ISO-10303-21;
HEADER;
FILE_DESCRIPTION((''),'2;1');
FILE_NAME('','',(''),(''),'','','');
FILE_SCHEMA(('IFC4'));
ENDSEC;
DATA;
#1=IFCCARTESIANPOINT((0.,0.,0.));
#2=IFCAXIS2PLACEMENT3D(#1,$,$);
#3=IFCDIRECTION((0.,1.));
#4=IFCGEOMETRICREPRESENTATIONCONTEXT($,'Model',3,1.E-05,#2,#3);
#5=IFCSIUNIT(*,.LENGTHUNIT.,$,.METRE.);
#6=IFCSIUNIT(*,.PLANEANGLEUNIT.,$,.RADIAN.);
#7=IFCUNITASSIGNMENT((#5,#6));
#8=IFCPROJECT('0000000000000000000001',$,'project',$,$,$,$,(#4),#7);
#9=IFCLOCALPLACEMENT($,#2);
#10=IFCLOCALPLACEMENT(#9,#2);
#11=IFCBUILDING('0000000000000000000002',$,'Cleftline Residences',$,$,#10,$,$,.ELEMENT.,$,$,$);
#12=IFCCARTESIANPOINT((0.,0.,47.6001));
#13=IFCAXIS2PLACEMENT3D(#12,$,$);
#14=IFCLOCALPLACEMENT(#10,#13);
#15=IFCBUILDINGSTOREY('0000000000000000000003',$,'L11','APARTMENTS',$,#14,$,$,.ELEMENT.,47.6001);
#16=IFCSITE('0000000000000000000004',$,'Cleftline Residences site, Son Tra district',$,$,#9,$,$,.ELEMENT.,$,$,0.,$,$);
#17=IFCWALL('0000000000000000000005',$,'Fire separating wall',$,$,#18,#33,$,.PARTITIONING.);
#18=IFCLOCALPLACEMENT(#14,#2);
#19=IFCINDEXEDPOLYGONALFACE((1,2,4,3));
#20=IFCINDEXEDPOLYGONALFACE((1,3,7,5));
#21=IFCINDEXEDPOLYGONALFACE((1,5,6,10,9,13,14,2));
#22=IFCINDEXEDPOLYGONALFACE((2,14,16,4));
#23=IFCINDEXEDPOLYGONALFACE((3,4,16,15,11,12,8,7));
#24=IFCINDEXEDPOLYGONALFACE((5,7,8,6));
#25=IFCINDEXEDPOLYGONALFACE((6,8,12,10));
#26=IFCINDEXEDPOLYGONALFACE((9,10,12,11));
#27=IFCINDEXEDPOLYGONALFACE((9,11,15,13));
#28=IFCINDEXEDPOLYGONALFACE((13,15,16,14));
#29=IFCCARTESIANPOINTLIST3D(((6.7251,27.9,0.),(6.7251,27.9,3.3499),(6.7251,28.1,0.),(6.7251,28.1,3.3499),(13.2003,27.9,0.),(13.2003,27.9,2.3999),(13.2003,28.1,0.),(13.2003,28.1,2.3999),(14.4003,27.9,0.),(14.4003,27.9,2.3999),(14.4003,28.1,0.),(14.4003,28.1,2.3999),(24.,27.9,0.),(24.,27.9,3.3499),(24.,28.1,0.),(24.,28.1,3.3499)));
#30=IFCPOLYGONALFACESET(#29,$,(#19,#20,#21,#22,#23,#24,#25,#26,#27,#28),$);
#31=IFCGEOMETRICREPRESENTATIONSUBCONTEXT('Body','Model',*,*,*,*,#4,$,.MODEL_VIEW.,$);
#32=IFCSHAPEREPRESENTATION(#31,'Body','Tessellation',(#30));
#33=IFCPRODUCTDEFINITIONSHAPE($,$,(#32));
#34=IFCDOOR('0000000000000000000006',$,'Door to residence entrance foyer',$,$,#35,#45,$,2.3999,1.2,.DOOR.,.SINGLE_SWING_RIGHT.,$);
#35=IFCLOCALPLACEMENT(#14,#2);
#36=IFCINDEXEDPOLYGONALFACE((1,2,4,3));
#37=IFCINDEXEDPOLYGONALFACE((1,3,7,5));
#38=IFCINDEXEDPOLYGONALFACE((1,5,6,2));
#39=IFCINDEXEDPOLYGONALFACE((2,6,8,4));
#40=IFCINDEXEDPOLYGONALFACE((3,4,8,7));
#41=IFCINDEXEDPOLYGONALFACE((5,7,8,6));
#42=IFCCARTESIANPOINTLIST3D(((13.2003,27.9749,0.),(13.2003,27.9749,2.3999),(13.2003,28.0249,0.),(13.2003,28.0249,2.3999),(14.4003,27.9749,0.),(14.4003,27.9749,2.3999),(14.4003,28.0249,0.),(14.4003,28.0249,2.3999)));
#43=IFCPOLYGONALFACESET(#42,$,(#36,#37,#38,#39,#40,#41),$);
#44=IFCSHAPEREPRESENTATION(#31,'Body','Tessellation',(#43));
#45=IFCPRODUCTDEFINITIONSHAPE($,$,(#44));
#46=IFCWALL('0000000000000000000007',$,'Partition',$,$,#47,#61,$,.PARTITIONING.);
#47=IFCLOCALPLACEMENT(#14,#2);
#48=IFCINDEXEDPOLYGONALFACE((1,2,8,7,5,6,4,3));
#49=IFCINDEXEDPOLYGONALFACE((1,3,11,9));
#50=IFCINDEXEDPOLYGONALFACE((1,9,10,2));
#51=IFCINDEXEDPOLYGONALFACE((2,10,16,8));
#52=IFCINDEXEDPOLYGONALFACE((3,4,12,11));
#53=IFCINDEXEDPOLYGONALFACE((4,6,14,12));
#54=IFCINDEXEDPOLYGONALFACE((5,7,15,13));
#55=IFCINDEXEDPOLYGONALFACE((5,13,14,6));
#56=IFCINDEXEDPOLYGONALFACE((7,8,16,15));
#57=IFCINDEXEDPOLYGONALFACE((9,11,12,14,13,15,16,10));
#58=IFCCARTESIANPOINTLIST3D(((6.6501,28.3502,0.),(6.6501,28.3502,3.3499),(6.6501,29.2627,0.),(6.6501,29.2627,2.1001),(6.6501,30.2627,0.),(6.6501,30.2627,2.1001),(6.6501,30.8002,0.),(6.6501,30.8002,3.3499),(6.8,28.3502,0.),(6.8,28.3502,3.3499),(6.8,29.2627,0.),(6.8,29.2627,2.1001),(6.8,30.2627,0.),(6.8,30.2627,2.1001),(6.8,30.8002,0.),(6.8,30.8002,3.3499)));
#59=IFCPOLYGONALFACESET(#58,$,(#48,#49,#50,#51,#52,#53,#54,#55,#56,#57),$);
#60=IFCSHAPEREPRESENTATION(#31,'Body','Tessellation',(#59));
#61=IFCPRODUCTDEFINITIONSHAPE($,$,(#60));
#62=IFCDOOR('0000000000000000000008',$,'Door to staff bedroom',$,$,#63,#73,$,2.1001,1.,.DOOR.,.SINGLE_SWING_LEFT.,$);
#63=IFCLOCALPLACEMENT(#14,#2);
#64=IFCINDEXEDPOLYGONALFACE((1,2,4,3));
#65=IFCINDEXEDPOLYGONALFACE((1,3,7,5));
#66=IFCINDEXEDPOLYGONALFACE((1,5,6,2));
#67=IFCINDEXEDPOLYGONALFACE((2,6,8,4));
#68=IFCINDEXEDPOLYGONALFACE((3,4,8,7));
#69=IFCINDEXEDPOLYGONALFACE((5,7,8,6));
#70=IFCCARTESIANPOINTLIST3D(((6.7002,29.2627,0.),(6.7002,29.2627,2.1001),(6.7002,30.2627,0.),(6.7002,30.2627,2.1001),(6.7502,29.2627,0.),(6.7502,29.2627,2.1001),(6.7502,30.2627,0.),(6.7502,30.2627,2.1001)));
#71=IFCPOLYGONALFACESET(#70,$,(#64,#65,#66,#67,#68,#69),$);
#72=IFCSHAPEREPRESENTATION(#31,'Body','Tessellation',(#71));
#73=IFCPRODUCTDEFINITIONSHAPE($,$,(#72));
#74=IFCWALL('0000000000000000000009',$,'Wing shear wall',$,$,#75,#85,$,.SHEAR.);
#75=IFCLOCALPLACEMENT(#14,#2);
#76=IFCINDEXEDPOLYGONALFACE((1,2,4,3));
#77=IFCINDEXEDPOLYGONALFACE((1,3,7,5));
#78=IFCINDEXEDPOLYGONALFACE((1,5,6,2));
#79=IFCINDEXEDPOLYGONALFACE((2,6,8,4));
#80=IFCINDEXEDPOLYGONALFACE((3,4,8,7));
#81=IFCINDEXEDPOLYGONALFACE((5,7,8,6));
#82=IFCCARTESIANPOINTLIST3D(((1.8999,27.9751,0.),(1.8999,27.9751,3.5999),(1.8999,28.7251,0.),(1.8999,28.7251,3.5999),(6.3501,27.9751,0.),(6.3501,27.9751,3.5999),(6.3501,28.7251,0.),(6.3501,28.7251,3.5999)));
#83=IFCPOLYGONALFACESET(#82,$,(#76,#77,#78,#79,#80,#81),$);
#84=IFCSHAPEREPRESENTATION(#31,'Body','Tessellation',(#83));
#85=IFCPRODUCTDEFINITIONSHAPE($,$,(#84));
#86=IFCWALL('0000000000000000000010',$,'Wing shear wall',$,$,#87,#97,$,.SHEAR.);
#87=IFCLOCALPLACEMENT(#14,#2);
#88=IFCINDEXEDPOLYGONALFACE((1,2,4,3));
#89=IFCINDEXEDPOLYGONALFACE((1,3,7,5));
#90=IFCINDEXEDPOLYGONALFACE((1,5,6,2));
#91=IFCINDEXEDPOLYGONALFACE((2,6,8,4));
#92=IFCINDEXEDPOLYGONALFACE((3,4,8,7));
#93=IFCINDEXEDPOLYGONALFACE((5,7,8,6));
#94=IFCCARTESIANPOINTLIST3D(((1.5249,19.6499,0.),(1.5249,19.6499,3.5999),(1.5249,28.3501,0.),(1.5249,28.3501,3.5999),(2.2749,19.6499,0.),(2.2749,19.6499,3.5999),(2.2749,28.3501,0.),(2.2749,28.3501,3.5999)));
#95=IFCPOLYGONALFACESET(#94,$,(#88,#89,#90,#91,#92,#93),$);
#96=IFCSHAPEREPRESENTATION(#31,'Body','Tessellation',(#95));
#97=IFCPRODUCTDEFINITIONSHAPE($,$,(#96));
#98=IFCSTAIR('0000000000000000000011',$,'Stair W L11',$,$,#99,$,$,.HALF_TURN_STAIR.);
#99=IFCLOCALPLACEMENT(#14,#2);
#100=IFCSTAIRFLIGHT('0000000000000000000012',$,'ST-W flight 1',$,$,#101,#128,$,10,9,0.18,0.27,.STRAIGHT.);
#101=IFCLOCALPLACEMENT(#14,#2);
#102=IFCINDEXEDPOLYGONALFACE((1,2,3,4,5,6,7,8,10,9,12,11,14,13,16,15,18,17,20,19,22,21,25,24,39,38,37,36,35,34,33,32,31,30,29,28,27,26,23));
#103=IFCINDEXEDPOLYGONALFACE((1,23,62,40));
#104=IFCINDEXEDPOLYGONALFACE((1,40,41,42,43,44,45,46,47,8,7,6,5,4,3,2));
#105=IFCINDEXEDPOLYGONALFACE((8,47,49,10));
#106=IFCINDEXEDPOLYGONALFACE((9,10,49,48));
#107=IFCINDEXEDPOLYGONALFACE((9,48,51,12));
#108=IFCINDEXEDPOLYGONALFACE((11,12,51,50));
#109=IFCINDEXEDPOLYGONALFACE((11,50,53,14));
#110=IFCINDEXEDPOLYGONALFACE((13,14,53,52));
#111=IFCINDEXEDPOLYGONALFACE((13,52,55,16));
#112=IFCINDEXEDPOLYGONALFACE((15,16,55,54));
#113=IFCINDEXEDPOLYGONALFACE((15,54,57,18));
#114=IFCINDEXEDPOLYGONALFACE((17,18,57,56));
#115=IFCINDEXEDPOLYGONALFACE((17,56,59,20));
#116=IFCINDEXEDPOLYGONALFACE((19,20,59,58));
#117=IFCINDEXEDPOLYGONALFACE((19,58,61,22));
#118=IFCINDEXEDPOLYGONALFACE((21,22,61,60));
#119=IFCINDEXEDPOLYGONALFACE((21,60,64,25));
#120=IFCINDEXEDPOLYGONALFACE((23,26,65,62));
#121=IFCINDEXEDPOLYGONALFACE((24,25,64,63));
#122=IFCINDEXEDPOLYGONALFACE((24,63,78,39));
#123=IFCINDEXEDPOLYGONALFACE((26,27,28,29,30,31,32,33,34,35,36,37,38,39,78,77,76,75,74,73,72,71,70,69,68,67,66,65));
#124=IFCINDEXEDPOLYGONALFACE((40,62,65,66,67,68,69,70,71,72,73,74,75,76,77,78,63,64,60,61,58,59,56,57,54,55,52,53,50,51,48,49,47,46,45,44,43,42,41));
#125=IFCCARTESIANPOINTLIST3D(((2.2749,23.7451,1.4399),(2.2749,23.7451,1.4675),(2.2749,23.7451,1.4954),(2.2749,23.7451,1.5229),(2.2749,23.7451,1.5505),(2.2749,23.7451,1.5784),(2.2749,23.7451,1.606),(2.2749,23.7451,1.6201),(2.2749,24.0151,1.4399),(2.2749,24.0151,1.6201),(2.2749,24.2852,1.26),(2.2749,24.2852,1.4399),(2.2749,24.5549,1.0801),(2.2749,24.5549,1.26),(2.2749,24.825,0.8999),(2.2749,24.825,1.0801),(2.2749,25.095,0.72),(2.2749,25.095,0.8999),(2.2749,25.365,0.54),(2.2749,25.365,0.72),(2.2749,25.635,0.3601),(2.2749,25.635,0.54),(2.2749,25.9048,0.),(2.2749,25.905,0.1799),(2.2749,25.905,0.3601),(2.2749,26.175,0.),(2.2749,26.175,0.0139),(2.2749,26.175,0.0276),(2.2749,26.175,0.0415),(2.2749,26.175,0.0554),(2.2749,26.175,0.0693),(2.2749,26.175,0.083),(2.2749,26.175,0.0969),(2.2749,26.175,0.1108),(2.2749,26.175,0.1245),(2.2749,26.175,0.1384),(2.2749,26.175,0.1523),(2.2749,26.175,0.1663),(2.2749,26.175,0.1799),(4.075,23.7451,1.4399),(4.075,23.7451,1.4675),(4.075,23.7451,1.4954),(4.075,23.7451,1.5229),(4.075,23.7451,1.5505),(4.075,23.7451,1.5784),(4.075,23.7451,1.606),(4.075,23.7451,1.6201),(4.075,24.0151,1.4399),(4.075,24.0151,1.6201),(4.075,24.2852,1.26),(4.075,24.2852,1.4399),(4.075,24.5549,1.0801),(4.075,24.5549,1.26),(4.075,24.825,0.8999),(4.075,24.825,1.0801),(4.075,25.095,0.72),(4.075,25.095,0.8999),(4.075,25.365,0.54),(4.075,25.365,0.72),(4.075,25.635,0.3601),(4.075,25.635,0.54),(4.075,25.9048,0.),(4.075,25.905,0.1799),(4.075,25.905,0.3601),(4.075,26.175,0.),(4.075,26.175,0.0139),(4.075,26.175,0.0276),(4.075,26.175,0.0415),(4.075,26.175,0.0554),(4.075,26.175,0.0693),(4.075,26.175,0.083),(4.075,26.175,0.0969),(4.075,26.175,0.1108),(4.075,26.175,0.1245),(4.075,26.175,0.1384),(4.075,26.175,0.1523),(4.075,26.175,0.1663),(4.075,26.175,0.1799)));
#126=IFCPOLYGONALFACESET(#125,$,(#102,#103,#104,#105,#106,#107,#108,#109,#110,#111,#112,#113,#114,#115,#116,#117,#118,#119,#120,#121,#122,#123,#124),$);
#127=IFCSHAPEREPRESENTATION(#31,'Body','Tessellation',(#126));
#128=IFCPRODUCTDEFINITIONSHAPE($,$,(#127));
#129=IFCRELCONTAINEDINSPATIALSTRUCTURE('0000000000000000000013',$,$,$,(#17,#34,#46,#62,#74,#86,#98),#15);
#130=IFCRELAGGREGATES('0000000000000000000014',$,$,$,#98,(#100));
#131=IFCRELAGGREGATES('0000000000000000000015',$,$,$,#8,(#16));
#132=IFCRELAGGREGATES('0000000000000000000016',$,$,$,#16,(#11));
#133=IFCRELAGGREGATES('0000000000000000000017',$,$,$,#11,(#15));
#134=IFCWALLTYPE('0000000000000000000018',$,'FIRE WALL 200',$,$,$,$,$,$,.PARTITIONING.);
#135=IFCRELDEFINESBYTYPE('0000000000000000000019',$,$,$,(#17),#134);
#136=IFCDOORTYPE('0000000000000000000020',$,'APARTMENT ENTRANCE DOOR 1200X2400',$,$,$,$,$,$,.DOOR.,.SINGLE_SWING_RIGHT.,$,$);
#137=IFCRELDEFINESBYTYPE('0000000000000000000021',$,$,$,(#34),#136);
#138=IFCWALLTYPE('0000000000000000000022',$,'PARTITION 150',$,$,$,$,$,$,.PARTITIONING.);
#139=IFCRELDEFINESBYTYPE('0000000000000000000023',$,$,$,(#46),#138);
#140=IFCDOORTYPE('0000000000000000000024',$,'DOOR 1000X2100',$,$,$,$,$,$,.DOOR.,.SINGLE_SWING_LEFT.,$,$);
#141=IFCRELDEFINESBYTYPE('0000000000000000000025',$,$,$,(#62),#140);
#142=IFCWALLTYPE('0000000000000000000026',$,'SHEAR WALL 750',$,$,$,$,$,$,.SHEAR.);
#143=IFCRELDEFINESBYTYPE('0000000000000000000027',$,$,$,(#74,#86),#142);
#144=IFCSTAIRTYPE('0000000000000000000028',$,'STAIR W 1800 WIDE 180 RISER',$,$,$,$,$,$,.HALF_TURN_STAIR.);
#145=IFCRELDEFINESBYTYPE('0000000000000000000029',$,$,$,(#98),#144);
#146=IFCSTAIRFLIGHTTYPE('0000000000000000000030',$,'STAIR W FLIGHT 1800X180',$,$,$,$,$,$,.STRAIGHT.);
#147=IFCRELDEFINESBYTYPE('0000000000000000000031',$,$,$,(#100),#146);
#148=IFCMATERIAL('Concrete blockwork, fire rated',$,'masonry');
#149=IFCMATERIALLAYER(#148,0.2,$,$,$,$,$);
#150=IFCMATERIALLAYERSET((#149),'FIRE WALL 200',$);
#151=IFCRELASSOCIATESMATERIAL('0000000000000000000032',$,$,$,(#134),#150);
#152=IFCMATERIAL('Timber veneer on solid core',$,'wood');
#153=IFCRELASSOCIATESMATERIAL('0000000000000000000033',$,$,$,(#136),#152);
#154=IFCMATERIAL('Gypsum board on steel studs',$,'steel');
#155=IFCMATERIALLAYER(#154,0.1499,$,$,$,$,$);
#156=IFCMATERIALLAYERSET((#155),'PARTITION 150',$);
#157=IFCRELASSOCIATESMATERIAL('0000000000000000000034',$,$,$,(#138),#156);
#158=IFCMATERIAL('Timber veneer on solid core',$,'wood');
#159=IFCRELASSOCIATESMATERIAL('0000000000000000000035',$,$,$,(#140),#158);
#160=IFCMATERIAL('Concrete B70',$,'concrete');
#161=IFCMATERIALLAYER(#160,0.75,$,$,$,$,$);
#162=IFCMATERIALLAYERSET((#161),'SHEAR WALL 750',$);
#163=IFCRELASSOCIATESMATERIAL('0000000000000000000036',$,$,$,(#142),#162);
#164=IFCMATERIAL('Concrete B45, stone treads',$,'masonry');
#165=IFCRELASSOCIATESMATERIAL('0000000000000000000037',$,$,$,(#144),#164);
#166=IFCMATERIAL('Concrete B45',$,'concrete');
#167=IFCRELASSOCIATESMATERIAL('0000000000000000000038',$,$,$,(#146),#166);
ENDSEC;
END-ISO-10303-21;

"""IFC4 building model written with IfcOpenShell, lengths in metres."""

from ifc_helpers import new_model, si_unit, direction, frame, frame_2d, origin, place, context, subcontext, project, spatial, polyline, rectangle, outline, extrude, material, layer, layer_set, type_object, element, fill, aggregate, save


model = new_model("IFC4")

# Units and contexts
model_context = context("Model", 3, precision=1e-05, world=origin(), true_north=direction((0.0, 1.0)))
body_context = subcontext(model_context, "Body", "Model", "MODEL_VIEW")
ifc_project = project(units=[si_unit("LENGTHUNIT", "METRE"), si_unit("PLANEANGLEUNIT", "RADIAN")], contexts=[model_context])

# Site, building, storey
site_placement = place(None, origin())
site = spatial("IfcSite", under=ifc_project, at=site_placement, Name="Cleftline Residences site, Son Tra district", CompositionType="ELEMENT", RefElevation=0.0)
building_placement = place(site_placement, origin())
building = spatial("IfcBuilding", under=site, at=building_placement, Name="Cleftline Residences", CompositionType="ELEMENT")
storey_placement = place(building_placement, frame((0.0, 0.0, 47.6001)))
storey = spatial("IfcBuildingStorey", under=building, at=storey_placement, Name="L11", Description="APARTMENTS", CompositionType="ELEMENT", Elevation=47.6001)

# Walls, openings, doors
ifc_material_1 = material(Name="Concrete blockwork, fire rated", Category="masonry")
ifc_layer_1 = layer(ifc_material_1, 0.2)
ifc_layer_set_1 = layer_set([ifc_layer_1], Name="FIRE WALL 200")
wall_type_1 = type_object("IfcWallType", Name="FIRE WALL 200", PredefinedType="PARTITIONING", material=ifc_layer_set_1)
wall_1_placement = place(storey_placement, frame((6.7251, 28.0, 0.0), z_axis=(0.0, 0.0, 1.0), x_axis=(1.0, 0.0, 0.0)))
wall_1 = element("IfcWall", 1, at=wall_1_placement, inside=storey, type_object=wall_type_1, Name="Fire separating wall", PredefinedType="PARTITIONING", context=body_context, shape_type="SweptSolid", body=[
    extrude(rectangle(XDim=17.2749, YDim=0.2, at=frame_2d((8.6375, 0.0))), origin(), (0.0, 0.0, 1.0), 3.3499),
])
opening_1_placement = place(wall_1_placement, frame((6.4751, 0.0, 0.0)))
opening_1 = element("IfcOpeningElement", 2, at=opening_1_placement, cuts=wall_1, PredefinedType="OPENING", context=body_context, shape_type="SweptSolid", body=[
    extrude(rectangle(XDim=1.2, YDim=2.3999, at=frame_2d((0.6001, 1.2))), frame((0.0, 0.1099, 0.0), z_axis=(0.0, -1.0, 0.0), x_axis=(1.0, 0.0, 0.0)), (0.0, 0.0, 1.0), 0.22),
])
ifc_material_2 = material(Name="Timber veneer on solid core", Category="wood")
door_type_1 = type_object("IfcDoorType", Name="APARTMENT ENTRANCE DOOR 1200X2400", OperationType="SINGLE_SWING_RIGHT", PredefinedType="DOOR", material=ifc_material_2)
door_1_placement = place(opening_1_placement, origin())
door_1 = element("IfcDoor", 3, at=door_1_placement, inside=storey, type_object=door_type_1, Name="Door to residence entrance foyer", OperationType="SINGLE_SWING_RIGHT", OverallHeight=2.3999, OverallWidth=1.2, PredefinedType="DOOR", context=body_context, shape_type="SweptSolid", body=[
    extrude(rectangle(XDim=1.2, YDim=2.3999, at=frame_2d((0.6001, 1.2))), frame((0.0, 0.0249, 0.0), z_axis=(0.0, -1.0, 0.0), x_axis=(1.0, 0.0, 0.0)), (0.0, 0.0, 1.0), 0.05),
])
fill(opening_1, door_1)
ifc_material_3 = material(Name="Gypsum board on steel studs", Category="steel")
ifc_layer_2 = layer(ifc_material_3, 0.1499)
ifc_layer_set_2 = layer_set([ifc_layer_2], Name="PARTITION 150")
wall_type_2 = type_object("IfcWallType", Name="PARTITION 150", PredefinedType="PARTITIONING", material=ifc_layer_set_2)
wall_2_placement = place(storey_placement, frame((6.7251, 28.3501, 0.0), z_axis=(0.0, 0.0, 1.0), x_axis=(0.0, 1.0, 0.0)))
wall_2 = element("IfcWall", 4, at=wall_2_placement, inside=storey, type_object=wall_type_2, Name="Partition", PredefinedType="PARTITIONING", context=body_context, shape_type="SweptSolid", body=[
    extrude(rectangle(XDim=2.45, YDim=0.1499, at=frame_2d((1.2251, 0.0))), origin(), (0.0, 0.0, 1.0), 3.3499),
])
opening_2_placement = place(wall_2_placement, frame((0.9126, 0.0, 0.0)))
opening_2 = element("IfcOpeningElement", 5, at=opening_2_placement, cuts=wall_2, PredefinedType="OPENING", context=body_context, shape_type="SweptSolid", body=[
    extrude(rectangle(XDim=1.0, YDim=2.1001, at=frame_2d((0.5, 1.05))), frame((0.0, 0.085, 0.0), z_axis=(0.0, -1.0, 0.0), x_axis=(1.0, 0.0, 0.0)), (0.0, 0.0, 1.0), 0.1699),
])
ifc_material_4 = material(Name="Timber veneer on solid core", Category="wood")
door_type_2 = type_object("IfcDoorType", Name="DOOR 1000X2100", OperationType="SINGLE_SWING_LEFT", PredefinedType="DOOR", material=ifc_material_4)
door_2_placement = place(opening_2_placement, origin())
door_2 = element("IfcDoor", 6, at=door_2_placement, inside=storey, type_object=door_type_2, Name="Door to staff bedroom", OperationType="SINGLE_SWING_LEFT", OverallHeight=2.1001, OverallWidth=1.0, PredefinedType="DOOR", context=body_context, shape_type="SweptSolid", body=[
    extrude(rectangle(XDim=1.0, YDim=2.1001, at=frame_2d((0.5, 1.05))), frame((0.0, 0.0249, 0.0), z_axis=(0.0, -1.0, 0.0), x_axis=(1.0, 0.0, 0.0)), (0.0, 0.0, 1.0), 0.05),
])
fill(opening_2, door_2)

# Walls
ifc_material_5 = material(Name="Concrete B70", Category="concrete")
ifc_layer_3 = layer(ifc_material_5, 0.75)
ifc_layer_set_3 = layer_set([ifc_layer_3], Name="SHEAR WALL 750")
wall_type_3 = type_object("IfcWallType", Name="SHEAR WALL 750", PredefinedType="SHEAR", material=ifc_layer_set_3)
wall_3_placement = place(storey_placement, frame((6.3501, 28.3501, 0.0), z_axis=(0.0, 0.0, 1.0), x_axis=(-1.0, 0.0, 0.0)))
element("IfcWall", 7, at=wall_3_placement, inside=storey, type_object=wall_type_3, Name="Wing shear wall", PredefinedType="SHEAR", context=body_context, shape_type="SweptSolid", body=[
    extrude(rectangle(XDim=4.4502, YDim=0.75, at=frame_2d((2.2251, 0.0))), origin(), (0.0, 0.0, 1.0), 3.5999),
])
wall_4_placement = place(storey_placement, frame((1.8999, 28.3501, 0.0), z_axis=(0.0, 0.0, 1.0), x_axis=(0.0, -1.0, 0.0)))
element("IfcWall", 8, at=wall_4_placement, inside=storey, type_object=wall_type_3, Name="Wing shear wall", PredefinedType="SHEAR", context=body_context, shape_type="SweptSolid", body=[
    extrude(rectangle(XDim=8.7002, YDim=0.75, at=frame_2d((4.3501, 0.0))), origin(), (0.0, 0.0, 1.0), 3.5999),
])

# Stair, stair flight
ifc_material_6 = material(Name="Concrete B45, stone treads", Category="masonry")
stair_type = type_object("IfcStairType", Name="STAIR W 1800 WIDE 180 RISER", PredefinedType="HALF_TURN_STAIR", material=ifc_material_6)
stair_placement = place(storey_placement, origin())
stair = element("IfcStair", 9, at=stair_placement, inside=storey, type_object=stair_type, Name="Stair W L11", PredefinedType="HALF_TURN_STAIR")
ifc_material_7 = material(Name="Concrete B45", Category="concrete")
stair_flight_type = type_object("IfcStairFlightType", Name="STAIR W FLIGHT 1800X180", PredefinedType="STRAIGHT", material=ifc_material_7)
stair_flight_1_placement = place(storey_placement, frame((3.175, 26.175, 0.0), z_axis=(0.0, 0.0, 1.0), x_axis=(0.0, -1.0, 0.0)))
stair_flight_1 = element("IfcStairFlight", 10, at=stair_flight_1_placement, type_object=stair_flight_type, Name="ST-W flight 1", NumberOfRisers=10, NumberOfTreads=9, PredefinedType="STRAIGHT", RiserHeight=0.18, TreadLength=0.27, context=body_context, shape_type="SweptSolid", body=[
    extrude(outline(polyline([(0.0, 0.0), (0.0, 0.0139), (0.0, 0.0276), (0.0, 0.0415), (0.0, 0.0554), (0.0, 0.0693), (0.0, 0.083), (0.0, 0.0969), (0.0, 0.1108), (0.0, 0.1245), (0.0, 0.1384), (0.0, 0.1523), (0.0, 0.1663), (0.0, 0.1799), (0.27, 0.1799), (0.27, 0.3601), (0.54, 0.3601), (0.54, 0.54), (0.8101, 0.54), (0.8101, 0.72), (1.0801, 0.72), (1.0801, 0.8999), (1.3501, 0.8999), (1.3501, 1.0801), (1.6201, 1.0801), (1.6201, 1.26), (1.8899, 1.26), (1.8899, 1.4399), (2.1599, 1.4399), (2.1599, 1.6201), (2.4299, 1.6201), (2.4299, 1.8), (2.4299, 1.7722), (2.4299, 1.7446), (2.4299, 1.7168), (2.4299, 1.6892), (2.4299, 1.6614), (2.4299, 1.6338), (2.4299, 1.606), (2.4299, 1.5784), (2.4299, 1.5505), (2.4299, 1.5229), (2.4299, 1.4954), (2.4299, 1.4675), (2.4299, 1.4399), (0.2703, 0.0), (0.0, 0.0)])), frame((0.0, 0.8999, 0.0), z_axis=(0.0, -1.0, 0.0), x_axis=(1.0, 0.0, 0.0)), (0.0, 0.0, 1.0), 1.8),
])
aggregate(stair, [stair_flight_1])

save(model, "model.ifc")
